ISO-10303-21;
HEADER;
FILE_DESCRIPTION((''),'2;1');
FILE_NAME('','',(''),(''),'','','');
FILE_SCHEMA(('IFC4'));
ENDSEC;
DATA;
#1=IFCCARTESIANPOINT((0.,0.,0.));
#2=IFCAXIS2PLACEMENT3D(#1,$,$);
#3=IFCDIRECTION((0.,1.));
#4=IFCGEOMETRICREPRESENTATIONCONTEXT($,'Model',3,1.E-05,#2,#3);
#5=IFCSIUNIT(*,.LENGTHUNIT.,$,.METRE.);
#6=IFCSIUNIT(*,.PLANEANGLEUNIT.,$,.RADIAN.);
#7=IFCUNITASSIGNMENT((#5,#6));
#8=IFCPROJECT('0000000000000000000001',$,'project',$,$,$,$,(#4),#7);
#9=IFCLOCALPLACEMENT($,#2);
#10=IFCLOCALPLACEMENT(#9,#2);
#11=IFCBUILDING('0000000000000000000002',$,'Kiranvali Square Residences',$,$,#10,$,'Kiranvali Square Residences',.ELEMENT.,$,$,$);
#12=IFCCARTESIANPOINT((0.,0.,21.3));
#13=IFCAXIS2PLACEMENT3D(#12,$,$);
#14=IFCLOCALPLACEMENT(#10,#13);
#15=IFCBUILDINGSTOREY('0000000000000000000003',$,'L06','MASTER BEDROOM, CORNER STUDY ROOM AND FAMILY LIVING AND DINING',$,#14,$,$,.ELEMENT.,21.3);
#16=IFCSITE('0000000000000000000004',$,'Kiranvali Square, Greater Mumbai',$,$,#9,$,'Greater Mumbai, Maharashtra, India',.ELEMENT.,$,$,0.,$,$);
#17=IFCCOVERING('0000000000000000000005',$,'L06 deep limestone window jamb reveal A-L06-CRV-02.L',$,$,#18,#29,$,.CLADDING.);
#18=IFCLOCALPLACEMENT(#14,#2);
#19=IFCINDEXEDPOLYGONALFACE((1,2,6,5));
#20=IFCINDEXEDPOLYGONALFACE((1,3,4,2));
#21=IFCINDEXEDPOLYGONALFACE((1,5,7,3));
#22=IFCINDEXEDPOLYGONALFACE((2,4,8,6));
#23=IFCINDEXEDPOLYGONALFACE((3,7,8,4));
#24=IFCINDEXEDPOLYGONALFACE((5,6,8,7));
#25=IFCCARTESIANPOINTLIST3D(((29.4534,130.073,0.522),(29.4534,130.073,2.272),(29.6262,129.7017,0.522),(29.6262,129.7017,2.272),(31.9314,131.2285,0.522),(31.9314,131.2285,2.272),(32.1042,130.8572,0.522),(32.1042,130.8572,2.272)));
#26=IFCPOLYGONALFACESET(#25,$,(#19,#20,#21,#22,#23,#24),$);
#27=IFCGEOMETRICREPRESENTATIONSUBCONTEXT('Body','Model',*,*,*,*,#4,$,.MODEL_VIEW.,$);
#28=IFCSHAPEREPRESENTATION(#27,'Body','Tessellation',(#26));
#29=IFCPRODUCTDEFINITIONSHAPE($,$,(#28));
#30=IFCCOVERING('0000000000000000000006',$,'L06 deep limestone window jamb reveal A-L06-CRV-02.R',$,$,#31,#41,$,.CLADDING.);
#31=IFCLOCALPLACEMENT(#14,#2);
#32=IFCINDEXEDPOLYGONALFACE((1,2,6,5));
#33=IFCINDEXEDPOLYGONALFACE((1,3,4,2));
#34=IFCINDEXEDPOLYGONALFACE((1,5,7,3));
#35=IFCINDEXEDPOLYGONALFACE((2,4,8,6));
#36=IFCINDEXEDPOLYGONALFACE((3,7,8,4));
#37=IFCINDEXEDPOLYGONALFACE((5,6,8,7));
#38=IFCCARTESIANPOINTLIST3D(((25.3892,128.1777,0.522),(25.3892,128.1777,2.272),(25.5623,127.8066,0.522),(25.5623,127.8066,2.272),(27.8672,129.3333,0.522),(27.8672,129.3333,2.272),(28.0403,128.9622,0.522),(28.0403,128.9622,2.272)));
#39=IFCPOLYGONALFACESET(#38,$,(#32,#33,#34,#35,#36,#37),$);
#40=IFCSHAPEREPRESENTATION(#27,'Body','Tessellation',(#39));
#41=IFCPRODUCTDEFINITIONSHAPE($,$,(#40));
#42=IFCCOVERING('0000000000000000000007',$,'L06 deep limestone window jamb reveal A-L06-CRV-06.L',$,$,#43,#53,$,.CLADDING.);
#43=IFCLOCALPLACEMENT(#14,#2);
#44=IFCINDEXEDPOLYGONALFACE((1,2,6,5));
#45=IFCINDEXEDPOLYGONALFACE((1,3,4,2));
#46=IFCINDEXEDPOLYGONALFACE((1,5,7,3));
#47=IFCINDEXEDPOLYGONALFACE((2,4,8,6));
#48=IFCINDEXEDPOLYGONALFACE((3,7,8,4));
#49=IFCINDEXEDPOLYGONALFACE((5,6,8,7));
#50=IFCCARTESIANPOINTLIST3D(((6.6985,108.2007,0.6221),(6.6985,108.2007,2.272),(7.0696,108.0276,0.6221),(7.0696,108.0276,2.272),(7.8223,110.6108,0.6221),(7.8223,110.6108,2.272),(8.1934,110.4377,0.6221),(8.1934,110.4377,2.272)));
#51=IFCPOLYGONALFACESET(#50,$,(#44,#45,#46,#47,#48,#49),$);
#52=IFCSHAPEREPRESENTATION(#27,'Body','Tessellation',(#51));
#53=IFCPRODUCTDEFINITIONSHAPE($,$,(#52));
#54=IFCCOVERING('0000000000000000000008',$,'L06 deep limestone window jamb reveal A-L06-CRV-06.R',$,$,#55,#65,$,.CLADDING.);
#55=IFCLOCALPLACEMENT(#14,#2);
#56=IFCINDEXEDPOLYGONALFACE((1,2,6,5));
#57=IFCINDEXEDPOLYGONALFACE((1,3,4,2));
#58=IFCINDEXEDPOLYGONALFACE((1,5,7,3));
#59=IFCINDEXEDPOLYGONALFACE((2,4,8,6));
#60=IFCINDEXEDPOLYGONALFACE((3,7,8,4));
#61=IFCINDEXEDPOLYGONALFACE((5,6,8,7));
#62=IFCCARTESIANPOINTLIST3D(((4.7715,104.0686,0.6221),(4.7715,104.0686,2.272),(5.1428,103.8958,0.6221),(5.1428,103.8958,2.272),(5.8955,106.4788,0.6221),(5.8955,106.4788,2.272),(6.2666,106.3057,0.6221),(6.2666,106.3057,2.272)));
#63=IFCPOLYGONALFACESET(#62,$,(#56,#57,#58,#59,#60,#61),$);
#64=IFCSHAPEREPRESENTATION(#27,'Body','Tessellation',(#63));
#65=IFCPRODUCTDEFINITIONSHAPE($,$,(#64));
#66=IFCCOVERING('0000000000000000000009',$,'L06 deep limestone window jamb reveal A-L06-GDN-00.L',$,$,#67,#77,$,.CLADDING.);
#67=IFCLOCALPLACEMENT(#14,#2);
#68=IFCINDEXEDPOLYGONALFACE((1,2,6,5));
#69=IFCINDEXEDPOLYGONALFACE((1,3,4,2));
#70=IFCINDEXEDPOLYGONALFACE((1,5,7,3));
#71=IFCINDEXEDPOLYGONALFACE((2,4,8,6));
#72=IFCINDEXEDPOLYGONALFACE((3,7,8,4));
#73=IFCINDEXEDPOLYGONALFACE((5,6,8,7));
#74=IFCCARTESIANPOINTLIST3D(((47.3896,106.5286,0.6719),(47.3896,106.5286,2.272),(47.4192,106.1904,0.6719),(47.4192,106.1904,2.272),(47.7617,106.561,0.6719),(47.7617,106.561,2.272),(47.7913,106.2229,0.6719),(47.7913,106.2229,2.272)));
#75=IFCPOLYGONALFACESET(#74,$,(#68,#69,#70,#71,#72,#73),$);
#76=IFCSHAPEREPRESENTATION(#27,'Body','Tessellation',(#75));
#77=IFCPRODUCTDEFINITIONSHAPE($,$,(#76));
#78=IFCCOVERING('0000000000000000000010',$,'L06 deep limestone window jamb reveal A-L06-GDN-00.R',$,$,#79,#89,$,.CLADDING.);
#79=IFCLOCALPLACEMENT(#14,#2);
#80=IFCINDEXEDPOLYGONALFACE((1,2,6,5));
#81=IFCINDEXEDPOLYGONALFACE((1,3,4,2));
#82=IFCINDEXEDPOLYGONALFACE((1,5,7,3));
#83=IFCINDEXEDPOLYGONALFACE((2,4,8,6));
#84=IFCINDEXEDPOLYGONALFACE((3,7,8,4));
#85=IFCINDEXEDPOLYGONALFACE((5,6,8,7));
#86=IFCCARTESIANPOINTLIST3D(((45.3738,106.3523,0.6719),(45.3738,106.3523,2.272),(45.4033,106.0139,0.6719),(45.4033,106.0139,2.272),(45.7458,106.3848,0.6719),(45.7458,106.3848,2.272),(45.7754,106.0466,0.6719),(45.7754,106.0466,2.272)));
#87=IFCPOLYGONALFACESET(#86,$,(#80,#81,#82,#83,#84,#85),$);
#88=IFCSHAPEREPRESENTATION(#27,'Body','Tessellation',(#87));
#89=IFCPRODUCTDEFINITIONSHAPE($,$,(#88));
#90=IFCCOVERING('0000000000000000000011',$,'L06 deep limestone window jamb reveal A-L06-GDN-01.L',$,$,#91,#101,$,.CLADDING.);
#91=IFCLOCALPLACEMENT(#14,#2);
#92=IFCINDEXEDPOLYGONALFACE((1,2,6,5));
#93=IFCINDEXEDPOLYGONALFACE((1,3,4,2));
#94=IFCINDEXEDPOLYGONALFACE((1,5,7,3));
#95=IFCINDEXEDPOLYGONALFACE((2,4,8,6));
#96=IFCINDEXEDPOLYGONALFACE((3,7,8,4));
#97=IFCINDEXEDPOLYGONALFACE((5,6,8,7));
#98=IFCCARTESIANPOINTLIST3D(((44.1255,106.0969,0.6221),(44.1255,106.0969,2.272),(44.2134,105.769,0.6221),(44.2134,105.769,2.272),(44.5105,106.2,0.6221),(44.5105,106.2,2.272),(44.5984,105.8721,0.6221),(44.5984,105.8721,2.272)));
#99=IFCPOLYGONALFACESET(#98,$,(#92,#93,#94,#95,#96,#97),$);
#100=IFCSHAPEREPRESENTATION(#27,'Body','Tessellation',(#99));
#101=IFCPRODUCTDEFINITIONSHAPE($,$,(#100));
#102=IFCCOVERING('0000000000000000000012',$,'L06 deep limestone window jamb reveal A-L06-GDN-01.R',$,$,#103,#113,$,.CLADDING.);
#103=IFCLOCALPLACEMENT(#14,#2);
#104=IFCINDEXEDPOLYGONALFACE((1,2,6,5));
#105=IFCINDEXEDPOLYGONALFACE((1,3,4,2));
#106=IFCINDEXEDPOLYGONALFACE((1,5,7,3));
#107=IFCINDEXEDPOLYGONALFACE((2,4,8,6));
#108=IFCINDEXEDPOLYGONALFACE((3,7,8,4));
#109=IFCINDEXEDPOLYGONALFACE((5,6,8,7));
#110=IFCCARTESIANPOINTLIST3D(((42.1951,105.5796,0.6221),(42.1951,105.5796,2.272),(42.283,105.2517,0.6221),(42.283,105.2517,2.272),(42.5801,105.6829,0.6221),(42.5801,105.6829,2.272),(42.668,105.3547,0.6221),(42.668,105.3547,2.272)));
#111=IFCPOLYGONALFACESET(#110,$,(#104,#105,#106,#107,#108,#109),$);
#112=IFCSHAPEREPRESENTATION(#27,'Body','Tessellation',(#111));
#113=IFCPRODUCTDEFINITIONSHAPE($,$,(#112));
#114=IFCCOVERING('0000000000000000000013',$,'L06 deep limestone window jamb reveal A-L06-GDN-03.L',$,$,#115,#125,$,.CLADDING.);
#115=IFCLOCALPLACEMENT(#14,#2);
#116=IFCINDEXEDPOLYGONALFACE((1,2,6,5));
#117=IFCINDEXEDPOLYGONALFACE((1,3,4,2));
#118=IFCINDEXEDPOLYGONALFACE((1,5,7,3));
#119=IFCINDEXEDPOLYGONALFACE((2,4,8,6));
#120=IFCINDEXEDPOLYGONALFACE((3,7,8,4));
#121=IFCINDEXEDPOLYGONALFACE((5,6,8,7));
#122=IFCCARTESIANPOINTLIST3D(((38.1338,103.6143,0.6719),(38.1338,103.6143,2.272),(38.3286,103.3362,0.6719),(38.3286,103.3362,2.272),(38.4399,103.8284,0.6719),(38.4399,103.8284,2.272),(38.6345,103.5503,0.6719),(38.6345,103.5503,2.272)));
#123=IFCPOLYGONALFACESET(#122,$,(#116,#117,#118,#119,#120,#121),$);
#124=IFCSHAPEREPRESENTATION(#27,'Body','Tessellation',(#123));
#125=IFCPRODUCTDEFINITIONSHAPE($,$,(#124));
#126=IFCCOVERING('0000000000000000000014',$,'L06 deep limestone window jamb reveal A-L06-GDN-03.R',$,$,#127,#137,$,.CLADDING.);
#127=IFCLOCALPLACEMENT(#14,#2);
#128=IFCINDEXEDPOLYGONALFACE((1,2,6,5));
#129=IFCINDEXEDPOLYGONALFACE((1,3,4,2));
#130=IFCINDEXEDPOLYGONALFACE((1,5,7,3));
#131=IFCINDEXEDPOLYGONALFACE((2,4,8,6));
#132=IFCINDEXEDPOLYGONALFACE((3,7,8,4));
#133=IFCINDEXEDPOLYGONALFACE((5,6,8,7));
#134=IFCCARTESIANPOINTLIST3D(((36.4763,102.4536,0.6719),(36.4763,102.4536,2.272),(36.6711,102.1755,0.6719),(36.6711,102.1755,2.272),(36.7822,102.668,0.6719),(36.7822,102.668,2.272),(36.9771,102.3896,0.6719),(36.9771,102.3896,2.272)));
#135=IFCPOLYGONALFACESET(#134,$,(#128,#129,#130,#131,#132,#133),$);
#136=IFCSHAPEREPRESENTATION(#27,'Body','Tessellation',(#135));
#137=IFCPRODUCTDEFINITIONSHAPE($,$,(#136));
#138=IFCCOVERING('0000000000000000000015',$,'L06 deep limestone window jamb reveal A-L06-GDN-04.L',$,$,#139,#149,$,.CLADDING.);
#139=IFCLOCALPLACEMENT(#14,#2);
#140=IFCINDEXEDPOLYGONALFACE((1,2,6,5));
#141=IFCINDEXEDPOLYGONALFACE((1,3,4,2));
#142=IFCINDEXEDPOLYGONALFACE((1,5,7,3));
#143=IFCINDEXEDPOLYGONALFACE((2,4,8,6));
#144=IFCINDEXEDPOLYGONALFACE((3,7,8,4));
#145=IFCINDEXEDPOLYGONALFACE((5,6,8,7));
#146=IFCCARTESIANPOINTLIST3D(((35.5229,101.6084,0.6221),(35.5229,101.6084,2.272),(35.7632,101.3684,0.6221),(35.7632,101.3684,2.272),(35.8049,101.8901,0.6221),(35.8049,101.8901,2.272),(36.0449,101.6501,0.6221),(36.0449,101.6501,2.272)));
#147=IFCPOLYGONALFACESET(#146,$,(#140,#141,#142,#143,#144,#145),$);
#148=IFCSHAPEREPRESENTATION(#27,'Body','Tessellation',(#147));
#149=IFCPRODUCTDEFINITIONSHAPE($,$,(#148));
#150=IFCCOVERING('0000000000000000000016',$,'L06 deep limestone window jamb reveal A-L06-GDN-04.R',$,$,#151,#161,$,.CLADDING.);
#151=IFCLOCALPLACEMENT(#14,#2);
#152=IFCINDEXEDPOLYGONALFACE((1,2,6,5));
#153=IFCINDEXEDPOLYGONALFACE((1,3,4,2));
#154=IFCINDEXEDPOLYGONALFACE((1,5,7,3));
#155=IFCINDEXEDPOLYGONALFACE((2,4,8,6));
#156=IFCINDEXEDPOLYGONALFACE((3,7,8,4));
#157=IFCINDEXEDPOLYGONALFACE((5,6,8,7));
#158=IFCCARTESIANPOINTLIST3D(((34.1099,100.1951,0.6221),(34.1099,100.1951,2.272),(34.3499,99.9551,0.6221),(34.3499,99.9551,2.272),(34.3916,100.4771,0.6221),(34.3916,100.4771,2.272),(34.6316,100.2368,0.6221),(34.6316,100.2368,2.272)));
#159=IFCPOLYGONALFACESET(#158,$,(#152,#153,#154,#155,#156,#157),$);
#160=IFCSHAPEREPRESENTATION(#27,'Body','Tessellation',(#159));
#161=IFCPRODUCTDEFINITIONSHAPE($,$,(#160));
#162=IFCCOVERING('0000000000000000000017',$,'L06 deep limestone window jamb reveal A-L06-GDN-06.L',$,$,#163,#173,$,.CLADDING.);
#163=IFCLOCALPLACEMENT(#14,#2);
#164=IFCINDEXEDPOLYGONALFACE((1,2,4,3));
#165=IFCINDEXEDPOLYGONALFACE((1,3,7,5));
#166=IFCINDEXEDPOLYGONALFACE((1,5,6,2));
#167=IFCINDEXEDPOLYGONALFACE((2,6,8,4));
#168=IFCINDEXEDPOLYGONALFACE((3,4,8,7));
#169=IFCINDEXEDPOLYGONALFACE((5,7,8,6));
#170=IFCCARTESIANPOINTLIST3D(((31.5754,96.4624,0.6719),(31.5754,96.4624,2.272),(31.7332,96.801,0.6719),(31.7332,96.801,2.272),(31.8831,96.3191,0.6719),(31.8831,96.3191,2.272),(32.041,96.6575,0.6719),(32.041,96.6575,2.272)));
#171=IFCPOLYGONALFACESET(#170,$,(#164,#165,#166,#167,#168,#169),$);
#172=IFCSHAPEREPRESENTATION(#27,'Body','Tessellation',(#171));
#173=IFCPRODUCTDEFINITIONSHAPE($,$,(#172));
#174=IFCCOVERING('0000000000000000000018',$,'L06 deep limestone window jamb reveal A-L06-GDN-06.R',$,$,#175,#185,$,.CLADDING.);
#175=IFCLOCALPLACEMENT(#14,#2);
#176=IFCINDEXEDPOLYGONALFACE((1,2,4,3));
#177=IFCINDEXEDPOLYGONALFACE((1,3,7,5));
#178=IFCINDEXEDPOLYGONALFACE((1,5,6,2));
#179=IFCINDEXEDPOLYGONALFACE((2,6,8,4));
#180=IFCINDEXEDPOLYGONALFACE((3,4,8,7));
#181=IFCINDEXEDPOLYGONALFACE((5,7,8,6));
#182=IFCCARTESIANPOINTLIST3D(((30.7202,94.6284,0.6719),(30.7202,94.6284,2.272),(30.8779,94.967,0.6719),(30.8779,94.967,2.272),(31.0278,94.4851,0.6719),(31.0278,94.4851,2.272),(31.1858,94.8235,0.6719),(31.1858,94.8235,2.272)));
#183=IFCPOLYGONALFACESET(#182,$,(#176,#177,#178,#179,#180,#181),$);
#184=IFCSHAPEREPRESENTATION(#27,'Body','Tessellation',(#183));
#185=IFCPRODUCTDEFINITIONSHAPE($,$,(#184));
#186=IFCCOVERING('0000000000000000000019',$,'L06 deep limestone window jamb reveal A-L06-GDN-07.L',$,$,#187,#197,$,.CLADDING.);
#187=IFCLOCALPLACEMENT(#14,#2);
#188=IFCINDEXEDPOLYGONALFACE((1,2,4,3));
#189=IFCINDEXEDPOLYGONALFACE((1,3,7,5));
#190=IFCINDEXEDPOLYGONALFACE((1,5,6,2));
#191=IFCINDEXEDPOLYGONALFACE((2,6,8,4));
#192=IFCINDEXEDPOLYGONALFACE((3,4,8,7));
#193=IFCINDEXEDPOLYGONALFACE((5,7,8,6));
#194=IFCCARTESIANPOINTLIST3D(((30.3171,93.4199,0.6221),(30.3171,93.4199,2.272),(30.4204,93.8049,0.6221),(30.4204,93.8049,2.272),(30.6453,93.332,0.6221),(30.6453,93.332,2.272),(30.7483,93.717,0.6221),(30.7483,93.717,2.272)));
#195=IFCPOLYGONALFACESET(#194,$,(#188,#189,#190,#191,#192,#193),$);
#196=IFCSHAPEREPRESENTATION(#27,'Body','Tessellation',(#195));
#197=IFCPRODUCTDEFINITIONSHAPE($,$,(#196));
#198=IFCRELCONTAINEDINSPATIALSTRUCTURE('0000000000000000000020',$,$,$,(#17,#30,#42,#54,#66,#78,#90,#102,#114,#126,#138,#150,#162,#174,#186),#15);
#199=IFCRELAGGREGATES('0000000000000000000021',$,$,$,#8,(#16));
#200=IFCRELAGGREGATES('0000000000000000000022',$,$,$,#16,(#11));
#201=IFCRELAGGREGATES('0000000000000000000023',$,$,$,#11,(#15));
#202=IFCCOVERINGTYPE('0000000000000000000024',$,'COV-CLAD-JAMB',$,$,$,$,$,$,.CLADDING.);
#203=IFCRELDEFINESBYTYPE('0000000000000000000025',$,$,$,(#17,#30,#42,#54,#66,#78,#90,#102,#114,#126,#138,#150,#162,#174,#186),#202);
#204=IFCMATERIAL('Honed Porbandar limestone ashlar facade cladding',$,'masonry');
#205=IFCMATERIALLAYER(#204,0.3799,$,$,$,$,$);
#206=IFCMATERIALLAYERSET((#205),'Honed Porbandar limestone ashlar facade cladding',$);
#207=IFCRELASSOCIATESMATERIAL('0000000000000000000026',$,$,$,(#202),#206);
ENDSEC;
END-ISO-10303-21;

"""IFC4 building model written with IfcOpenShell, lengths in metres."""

from ifc_helpers import new_model, si_unit, direction, frame, origin, place, context, subcontext, project, spatial, polyline, outline, extrude, material, layer, layer_set, type_object, element, save


model = new_model("IFC4")

# Units and contexts
model_context = context("Model", 3, precision=1e-05, world=origin(), true_north=direction((0.0, 1.0)))
body_context = subcontext(model_context, "Body", "Model", "MODEL_VIEW")
ifc_project = project(units=[si_unit("LENGTHUNIT", "METRE"), si_unit("PLANEANGLEUNIT", "RADIAN")], contexts=[model_context])

# Site, building, storey
site_placement = place(None, origin())
site = spatial("IfcSite", under=ifc_project, at=site_placement, Name="Kiranvali Square, Greater Mumbai", LongName="Greater Mumbai, Maharashtra, India", CompositionType="ELEMENT", RefElevation=0.0)
building_placement = place(site_placement, origin())
building = spatial("IfcBuilding", under=site, at=building_placement, Name="Kiranvali Square Residences", LongName="Kiranvali Square Residences", CompositionType="ELEMENT")
storey_placement = place(building_placement, frame((0.0, 0.0, 21.3)))
storey = spatial("IfcBuildingStorey", under=building, at=storey_placement, Name="L06", Description="MASTER BEDROOM, CORNER STUDY ROOM AND FAMILY LIVING AND DINING", CompositionType="ELEMENT", Elevation=21.3)

# Coverings
ifc_material = material(Name="Honed Porbandar limestone ashlar facade cladding", Category="masonry")
ifc_layer = layer(ifc_material, 0.3799)
ifc_layer_set = layer_set([ifc_layer], Name="Honed Porbandar limestone ashlar facade cladding")
covering_type = type_object("IfcCoveringType", Name="COV-CLAD-JAMB", PredefinedType="CLADDING", material=ifc_layer_set)
covering_1_placement = place(storey_placement, frame((0.0, 0.0, 0.522)))
element("IfcCovering", 1, at=covering_1_placement, inside=storey, type_object=covering_type, Name="L06 deep limestone window jamb reveal A-L06-CRV-02.L", PredefinedType="CLADDING", context=body_context, shape_type="SweptSolid", body=[
    extrude(outline(polyline([(31.9314, 131.2285), (29.4534, 130.073), (29.6262, 129.7017), (32.1042, 130.8572), (31.9314, 131.2285)])), origin(), (0.0, 0.0, 1.0), 1.75),
])
covering_2_placement = place(storey_placement, frame((0.0, 0.0, 0.522)))
element("IfcCovering", 2, at=covering_2_placement, inside=storey, type_object=covering_type, Name="L06 deep limestone window jamb reveal A-L06-CRV-02.R", PredefinedType="CLADDING", context=body_context, shape_type="SweptSolid", body=[
    extrude(outline(polyline([(27.8672, 129.3333), (25.3892, 128.1777), (25.5623, 127.8066), (28.0403, 128.9622), (27.8672, 129.3333)])), origin(), (0.0, 0.0, 1.0), 1.75),
])
covering_3_placement = place(storey_placement, frame((0.0, 0.0, 0.6221)))
element("IfcCovering", 3, at=covering_3_placement, inside=storey, type_object=covering_type, Name="L06 deep limestone window jamb reveal A-L06-CRV-06.L", PredefinedType="CLADDING", context=body_context, shape_type="SweptSolid", body=[
    extrude(outline(polyline([(7.8223, 110.6108), (6.6985, 108.2007), (7.0696, 108.0276), (8.1934, 110.4377), (7.8223, 110.6108)])), origin(), (0.0, 0.0, 1.0), 1.6499),
])
covering_4_placement = place(storey_placement, frame((0.0, 0.0, 0.6221)))
element("IfcCovering", 4, at=covering_4_placement, inside=storey, type_object=covering_type, Name="L06 deep limestone window jamb reveal A-L06-CRV-06.R", PredefinedType="CLADDING", context=body_context, shape_type="SweptSolid", body=[
    extrude(outline(polyline([(5.8955, 106.4788), (4.7715, 104.0686), (5.1428, 103.8958), (6.2666, 106.3057), (5.8955, 106.4788)])), origin(), (0.0, 0.0, 1.0), 1.6499),
])
covering_5_placement = place(storey_placement, frame((0.0, 0.0, 0.6719)))
element("IfcCovering", 5, at=covering_5_placement, inside=storey, type_object=covering_type, Name="L06 deep limestone window jamb reveal A-L06-GDN-00.L", PredefinedType="CLADDING", context=body_context, shape_type="SweptSolid", body=[
    extrude(outline(polyline([(47.7617, 106.561), (47.3896, 106.5286), (47.4192, 106.1904), (47.7913, 106.2229), (47.7617, 106.561)])), origin(), (0.0, 0.0, 1.0), 1.6001),
])
covering_6_placement = place(storey_placement, frame((0.0, 0.0, 0.6719)))
element("IfcCovering", 6, at=covering_6_placement, inside=storey, type_object=covering_type, Name="L06 deep limestone window jamb reveal A-L06-GDN-00.R", PredefinedType="CLADDING", context=body_context, shape_type="SweptSolid", body=[
    extrude(outline(polyline([(45.7458, 106.3848), (45.3738, 106.3523), (45.4033, 106.0139), (45.7754, 106.0466), (45.7458, 106.3848)])), origin(), (0.0, 0.0, 1.0), 1.6001),
])
covering_7_placement = place(storey_placement, frame((0.0, 0.0, 0.6221)))
element("IfcCovering", 7, at=covering_7_placement, inside=storey, type_object=covering_type, Name="L06 deep limestone window jamb reveal A-L06-GDN-01.L", PredefinedType="CLADDING", context=body_context, shape_type="SweptSolid", body=[
    extrude(outline(polyline([(44.5105, 106.2), (44.1255, 106.0969), (44.2134, 105.769), (44.5984, 105.8721), (44.5105, 106.2)])), origin(), (0.0, 0.0, 1.0), 1.6499),
])
covering_8_placement = place(storey_placement, frame((0.0, 0.0, 0.6221)))
element("IfcCovering", 8, at=covering_8_placement, inside=storey, type_object=covering_type, Name="L06 deep limestone window jamb reveal A-L06-GDN-01.R", PredefinedType="CLADDING", context=body_context, shape_type="SweptSolid", body=[
    extrude(outline(polyline([(42.5801, 105.6829), (42.1951, 105.5796), (42.283, 105.2517), (42.668, 105.3547), (42.5801, 105.6829)])), origin(), (0.0, 0.0, 1.0), 1.6499),
])
covering_9_placement = place(storey_placement, frame((0.0, 0.0, 0.6719)))
element("IfcCovering", 9, at=covering_9_placement, inside=storey, type_object=covering_type, Name="L06 deep limestone window jamb reveal A-L06-GDN-03.L", PredefinedType="CLADDING", context=body_context, shape_type="SweptSolid", body=[
    extrude(outline(polyline([(38.4399, 103.8284), (38.1338, 103.6143), (38.3286, 103.3362), (38.6345, 103.5503), (38.4399, 103.8284)])), origin(), (0.0, 0.0, 1.0), 1.6001),
])
covering_10_placement = place(storey_placement, frame((0.0, 0.0, 0.6719)))
element("IfcCovering", 10, at=covering_10_placement, inside=storey, type_object=covering_type, Name="L06 deep limestone window jamb reveal A-L06-GDN-03.R", PredefinedType="CLADDING", context=body_context, shape_type="SweptSolid", body=[
    extrude(outline(polyline([(36.7822, 102.668), (36.4763, 102.4536), (36.6711, 102.1755), (36.9771, 102.3896), (36.7822, 102.668)])), origin(), (0.0, 0.0, 1.0), 1.6001),
])
covering_11_placement = place(storey_placement, frame((0.0, 0.0, 0.6221)))
element("IfcCovering", 11, at=covering_11_placement, inside=storey, type_object=covering_type, Name="L06 deep limestone window jamb reveal A-L06-GDN-04.L", PredefinedType="CLADDING", context=body_context, shape_type="SweptSolid", body=[
    extrude(outline(polyline([(35.8049, 101.8901), (35.5229, 101.6084), (35.7632, 101.3684), (36.0449, 101.6501), (35.8049, 101.8901)])), origin(), (0.0, 0.0, 1.0), 1.6499),
])
covering_12_placement = place(storey_placement, frame((0.0, 0.0, 0.6221)))
element("IfcCovering", 12, at=covering_12_placement, inside=storey, type_object=covering_type, Name="L06 deep limestone window jamb reveal A-L06-GDN-04.R", PredefinedType="CLADDING", context=body_context, shape_type="SweptSolid", body=[
    extrude(outline(polyline([(34.3916, 100.4771), (34.1099, 100.1951), (34.3499, 99.9551), (34.6316, 100.2368), (34.3916, 100.4771)])), origin(), (0.0, 0.0, 1.0), 1.6499),
])
covering_13_placement = place(storey_placement, frame((0.0, 0.0, 0.6719)))
element("IfcCovering", 13, at=covering_13_placement, inside=storey, type_object=covering_type, Name="L06 deep limestone window jamb reveal A-L06-GDN-06.L", PredefinedType="CLADDING", context=body_context, shape_type="SweptSolid", body=[
    extrude(outline(polyline([(31.7332, 96.801), (31.5754, 96.4624), (31.8831, 96.3191), (32.041, 96.6575), (31.7332, 96.801)])), origin(), (0.0, 0.0, 1.0), 1.6001),
])
covering_14_placement = place(storey_placement, frame((0.0, 0.0, 0.6719)))
element("IfcCovering", 14, at=covering_14_placement, inside=storey, type_object=covering_type, Name="L06 deep limestone window jamb reveal A-L06-GDN-06.R", PredefinedType="CLADDING", context=body_context, shape_type="SweptSolid", body=[
    extrude(outline(polyline([(30.8779, 94.967), (30.7202, 94.6284), (31.0278, 94.4851), (31.1858, 94.8235), (30.8779, 94.967)])), origin(), (0.0, 0.0, 1.0), 1.6001),
])
covering_15_placement = place(storey_placement, frame((0.0, 0.0, 0.6221)))
element("IfcCovering", 15, at=covering_15_placement, inside=storey, type_object=covering_type, Name="L06 deep limestone window jamb reveal A-L06-GDN-07.L", PredefinedType="CLADDING", context=body_context, shape_type="SweptSolid", body=[
    extrude(outline(polyline([(30.4204, 93.8049), (30.3171, 93.4199), (30.6453, 93.332), (30.7483, 93.717), (30.4204, 93.8049)])), origin(), (0.0, 0.0, 1.0), 1.6499),
])

save(model, "model.ifc")
